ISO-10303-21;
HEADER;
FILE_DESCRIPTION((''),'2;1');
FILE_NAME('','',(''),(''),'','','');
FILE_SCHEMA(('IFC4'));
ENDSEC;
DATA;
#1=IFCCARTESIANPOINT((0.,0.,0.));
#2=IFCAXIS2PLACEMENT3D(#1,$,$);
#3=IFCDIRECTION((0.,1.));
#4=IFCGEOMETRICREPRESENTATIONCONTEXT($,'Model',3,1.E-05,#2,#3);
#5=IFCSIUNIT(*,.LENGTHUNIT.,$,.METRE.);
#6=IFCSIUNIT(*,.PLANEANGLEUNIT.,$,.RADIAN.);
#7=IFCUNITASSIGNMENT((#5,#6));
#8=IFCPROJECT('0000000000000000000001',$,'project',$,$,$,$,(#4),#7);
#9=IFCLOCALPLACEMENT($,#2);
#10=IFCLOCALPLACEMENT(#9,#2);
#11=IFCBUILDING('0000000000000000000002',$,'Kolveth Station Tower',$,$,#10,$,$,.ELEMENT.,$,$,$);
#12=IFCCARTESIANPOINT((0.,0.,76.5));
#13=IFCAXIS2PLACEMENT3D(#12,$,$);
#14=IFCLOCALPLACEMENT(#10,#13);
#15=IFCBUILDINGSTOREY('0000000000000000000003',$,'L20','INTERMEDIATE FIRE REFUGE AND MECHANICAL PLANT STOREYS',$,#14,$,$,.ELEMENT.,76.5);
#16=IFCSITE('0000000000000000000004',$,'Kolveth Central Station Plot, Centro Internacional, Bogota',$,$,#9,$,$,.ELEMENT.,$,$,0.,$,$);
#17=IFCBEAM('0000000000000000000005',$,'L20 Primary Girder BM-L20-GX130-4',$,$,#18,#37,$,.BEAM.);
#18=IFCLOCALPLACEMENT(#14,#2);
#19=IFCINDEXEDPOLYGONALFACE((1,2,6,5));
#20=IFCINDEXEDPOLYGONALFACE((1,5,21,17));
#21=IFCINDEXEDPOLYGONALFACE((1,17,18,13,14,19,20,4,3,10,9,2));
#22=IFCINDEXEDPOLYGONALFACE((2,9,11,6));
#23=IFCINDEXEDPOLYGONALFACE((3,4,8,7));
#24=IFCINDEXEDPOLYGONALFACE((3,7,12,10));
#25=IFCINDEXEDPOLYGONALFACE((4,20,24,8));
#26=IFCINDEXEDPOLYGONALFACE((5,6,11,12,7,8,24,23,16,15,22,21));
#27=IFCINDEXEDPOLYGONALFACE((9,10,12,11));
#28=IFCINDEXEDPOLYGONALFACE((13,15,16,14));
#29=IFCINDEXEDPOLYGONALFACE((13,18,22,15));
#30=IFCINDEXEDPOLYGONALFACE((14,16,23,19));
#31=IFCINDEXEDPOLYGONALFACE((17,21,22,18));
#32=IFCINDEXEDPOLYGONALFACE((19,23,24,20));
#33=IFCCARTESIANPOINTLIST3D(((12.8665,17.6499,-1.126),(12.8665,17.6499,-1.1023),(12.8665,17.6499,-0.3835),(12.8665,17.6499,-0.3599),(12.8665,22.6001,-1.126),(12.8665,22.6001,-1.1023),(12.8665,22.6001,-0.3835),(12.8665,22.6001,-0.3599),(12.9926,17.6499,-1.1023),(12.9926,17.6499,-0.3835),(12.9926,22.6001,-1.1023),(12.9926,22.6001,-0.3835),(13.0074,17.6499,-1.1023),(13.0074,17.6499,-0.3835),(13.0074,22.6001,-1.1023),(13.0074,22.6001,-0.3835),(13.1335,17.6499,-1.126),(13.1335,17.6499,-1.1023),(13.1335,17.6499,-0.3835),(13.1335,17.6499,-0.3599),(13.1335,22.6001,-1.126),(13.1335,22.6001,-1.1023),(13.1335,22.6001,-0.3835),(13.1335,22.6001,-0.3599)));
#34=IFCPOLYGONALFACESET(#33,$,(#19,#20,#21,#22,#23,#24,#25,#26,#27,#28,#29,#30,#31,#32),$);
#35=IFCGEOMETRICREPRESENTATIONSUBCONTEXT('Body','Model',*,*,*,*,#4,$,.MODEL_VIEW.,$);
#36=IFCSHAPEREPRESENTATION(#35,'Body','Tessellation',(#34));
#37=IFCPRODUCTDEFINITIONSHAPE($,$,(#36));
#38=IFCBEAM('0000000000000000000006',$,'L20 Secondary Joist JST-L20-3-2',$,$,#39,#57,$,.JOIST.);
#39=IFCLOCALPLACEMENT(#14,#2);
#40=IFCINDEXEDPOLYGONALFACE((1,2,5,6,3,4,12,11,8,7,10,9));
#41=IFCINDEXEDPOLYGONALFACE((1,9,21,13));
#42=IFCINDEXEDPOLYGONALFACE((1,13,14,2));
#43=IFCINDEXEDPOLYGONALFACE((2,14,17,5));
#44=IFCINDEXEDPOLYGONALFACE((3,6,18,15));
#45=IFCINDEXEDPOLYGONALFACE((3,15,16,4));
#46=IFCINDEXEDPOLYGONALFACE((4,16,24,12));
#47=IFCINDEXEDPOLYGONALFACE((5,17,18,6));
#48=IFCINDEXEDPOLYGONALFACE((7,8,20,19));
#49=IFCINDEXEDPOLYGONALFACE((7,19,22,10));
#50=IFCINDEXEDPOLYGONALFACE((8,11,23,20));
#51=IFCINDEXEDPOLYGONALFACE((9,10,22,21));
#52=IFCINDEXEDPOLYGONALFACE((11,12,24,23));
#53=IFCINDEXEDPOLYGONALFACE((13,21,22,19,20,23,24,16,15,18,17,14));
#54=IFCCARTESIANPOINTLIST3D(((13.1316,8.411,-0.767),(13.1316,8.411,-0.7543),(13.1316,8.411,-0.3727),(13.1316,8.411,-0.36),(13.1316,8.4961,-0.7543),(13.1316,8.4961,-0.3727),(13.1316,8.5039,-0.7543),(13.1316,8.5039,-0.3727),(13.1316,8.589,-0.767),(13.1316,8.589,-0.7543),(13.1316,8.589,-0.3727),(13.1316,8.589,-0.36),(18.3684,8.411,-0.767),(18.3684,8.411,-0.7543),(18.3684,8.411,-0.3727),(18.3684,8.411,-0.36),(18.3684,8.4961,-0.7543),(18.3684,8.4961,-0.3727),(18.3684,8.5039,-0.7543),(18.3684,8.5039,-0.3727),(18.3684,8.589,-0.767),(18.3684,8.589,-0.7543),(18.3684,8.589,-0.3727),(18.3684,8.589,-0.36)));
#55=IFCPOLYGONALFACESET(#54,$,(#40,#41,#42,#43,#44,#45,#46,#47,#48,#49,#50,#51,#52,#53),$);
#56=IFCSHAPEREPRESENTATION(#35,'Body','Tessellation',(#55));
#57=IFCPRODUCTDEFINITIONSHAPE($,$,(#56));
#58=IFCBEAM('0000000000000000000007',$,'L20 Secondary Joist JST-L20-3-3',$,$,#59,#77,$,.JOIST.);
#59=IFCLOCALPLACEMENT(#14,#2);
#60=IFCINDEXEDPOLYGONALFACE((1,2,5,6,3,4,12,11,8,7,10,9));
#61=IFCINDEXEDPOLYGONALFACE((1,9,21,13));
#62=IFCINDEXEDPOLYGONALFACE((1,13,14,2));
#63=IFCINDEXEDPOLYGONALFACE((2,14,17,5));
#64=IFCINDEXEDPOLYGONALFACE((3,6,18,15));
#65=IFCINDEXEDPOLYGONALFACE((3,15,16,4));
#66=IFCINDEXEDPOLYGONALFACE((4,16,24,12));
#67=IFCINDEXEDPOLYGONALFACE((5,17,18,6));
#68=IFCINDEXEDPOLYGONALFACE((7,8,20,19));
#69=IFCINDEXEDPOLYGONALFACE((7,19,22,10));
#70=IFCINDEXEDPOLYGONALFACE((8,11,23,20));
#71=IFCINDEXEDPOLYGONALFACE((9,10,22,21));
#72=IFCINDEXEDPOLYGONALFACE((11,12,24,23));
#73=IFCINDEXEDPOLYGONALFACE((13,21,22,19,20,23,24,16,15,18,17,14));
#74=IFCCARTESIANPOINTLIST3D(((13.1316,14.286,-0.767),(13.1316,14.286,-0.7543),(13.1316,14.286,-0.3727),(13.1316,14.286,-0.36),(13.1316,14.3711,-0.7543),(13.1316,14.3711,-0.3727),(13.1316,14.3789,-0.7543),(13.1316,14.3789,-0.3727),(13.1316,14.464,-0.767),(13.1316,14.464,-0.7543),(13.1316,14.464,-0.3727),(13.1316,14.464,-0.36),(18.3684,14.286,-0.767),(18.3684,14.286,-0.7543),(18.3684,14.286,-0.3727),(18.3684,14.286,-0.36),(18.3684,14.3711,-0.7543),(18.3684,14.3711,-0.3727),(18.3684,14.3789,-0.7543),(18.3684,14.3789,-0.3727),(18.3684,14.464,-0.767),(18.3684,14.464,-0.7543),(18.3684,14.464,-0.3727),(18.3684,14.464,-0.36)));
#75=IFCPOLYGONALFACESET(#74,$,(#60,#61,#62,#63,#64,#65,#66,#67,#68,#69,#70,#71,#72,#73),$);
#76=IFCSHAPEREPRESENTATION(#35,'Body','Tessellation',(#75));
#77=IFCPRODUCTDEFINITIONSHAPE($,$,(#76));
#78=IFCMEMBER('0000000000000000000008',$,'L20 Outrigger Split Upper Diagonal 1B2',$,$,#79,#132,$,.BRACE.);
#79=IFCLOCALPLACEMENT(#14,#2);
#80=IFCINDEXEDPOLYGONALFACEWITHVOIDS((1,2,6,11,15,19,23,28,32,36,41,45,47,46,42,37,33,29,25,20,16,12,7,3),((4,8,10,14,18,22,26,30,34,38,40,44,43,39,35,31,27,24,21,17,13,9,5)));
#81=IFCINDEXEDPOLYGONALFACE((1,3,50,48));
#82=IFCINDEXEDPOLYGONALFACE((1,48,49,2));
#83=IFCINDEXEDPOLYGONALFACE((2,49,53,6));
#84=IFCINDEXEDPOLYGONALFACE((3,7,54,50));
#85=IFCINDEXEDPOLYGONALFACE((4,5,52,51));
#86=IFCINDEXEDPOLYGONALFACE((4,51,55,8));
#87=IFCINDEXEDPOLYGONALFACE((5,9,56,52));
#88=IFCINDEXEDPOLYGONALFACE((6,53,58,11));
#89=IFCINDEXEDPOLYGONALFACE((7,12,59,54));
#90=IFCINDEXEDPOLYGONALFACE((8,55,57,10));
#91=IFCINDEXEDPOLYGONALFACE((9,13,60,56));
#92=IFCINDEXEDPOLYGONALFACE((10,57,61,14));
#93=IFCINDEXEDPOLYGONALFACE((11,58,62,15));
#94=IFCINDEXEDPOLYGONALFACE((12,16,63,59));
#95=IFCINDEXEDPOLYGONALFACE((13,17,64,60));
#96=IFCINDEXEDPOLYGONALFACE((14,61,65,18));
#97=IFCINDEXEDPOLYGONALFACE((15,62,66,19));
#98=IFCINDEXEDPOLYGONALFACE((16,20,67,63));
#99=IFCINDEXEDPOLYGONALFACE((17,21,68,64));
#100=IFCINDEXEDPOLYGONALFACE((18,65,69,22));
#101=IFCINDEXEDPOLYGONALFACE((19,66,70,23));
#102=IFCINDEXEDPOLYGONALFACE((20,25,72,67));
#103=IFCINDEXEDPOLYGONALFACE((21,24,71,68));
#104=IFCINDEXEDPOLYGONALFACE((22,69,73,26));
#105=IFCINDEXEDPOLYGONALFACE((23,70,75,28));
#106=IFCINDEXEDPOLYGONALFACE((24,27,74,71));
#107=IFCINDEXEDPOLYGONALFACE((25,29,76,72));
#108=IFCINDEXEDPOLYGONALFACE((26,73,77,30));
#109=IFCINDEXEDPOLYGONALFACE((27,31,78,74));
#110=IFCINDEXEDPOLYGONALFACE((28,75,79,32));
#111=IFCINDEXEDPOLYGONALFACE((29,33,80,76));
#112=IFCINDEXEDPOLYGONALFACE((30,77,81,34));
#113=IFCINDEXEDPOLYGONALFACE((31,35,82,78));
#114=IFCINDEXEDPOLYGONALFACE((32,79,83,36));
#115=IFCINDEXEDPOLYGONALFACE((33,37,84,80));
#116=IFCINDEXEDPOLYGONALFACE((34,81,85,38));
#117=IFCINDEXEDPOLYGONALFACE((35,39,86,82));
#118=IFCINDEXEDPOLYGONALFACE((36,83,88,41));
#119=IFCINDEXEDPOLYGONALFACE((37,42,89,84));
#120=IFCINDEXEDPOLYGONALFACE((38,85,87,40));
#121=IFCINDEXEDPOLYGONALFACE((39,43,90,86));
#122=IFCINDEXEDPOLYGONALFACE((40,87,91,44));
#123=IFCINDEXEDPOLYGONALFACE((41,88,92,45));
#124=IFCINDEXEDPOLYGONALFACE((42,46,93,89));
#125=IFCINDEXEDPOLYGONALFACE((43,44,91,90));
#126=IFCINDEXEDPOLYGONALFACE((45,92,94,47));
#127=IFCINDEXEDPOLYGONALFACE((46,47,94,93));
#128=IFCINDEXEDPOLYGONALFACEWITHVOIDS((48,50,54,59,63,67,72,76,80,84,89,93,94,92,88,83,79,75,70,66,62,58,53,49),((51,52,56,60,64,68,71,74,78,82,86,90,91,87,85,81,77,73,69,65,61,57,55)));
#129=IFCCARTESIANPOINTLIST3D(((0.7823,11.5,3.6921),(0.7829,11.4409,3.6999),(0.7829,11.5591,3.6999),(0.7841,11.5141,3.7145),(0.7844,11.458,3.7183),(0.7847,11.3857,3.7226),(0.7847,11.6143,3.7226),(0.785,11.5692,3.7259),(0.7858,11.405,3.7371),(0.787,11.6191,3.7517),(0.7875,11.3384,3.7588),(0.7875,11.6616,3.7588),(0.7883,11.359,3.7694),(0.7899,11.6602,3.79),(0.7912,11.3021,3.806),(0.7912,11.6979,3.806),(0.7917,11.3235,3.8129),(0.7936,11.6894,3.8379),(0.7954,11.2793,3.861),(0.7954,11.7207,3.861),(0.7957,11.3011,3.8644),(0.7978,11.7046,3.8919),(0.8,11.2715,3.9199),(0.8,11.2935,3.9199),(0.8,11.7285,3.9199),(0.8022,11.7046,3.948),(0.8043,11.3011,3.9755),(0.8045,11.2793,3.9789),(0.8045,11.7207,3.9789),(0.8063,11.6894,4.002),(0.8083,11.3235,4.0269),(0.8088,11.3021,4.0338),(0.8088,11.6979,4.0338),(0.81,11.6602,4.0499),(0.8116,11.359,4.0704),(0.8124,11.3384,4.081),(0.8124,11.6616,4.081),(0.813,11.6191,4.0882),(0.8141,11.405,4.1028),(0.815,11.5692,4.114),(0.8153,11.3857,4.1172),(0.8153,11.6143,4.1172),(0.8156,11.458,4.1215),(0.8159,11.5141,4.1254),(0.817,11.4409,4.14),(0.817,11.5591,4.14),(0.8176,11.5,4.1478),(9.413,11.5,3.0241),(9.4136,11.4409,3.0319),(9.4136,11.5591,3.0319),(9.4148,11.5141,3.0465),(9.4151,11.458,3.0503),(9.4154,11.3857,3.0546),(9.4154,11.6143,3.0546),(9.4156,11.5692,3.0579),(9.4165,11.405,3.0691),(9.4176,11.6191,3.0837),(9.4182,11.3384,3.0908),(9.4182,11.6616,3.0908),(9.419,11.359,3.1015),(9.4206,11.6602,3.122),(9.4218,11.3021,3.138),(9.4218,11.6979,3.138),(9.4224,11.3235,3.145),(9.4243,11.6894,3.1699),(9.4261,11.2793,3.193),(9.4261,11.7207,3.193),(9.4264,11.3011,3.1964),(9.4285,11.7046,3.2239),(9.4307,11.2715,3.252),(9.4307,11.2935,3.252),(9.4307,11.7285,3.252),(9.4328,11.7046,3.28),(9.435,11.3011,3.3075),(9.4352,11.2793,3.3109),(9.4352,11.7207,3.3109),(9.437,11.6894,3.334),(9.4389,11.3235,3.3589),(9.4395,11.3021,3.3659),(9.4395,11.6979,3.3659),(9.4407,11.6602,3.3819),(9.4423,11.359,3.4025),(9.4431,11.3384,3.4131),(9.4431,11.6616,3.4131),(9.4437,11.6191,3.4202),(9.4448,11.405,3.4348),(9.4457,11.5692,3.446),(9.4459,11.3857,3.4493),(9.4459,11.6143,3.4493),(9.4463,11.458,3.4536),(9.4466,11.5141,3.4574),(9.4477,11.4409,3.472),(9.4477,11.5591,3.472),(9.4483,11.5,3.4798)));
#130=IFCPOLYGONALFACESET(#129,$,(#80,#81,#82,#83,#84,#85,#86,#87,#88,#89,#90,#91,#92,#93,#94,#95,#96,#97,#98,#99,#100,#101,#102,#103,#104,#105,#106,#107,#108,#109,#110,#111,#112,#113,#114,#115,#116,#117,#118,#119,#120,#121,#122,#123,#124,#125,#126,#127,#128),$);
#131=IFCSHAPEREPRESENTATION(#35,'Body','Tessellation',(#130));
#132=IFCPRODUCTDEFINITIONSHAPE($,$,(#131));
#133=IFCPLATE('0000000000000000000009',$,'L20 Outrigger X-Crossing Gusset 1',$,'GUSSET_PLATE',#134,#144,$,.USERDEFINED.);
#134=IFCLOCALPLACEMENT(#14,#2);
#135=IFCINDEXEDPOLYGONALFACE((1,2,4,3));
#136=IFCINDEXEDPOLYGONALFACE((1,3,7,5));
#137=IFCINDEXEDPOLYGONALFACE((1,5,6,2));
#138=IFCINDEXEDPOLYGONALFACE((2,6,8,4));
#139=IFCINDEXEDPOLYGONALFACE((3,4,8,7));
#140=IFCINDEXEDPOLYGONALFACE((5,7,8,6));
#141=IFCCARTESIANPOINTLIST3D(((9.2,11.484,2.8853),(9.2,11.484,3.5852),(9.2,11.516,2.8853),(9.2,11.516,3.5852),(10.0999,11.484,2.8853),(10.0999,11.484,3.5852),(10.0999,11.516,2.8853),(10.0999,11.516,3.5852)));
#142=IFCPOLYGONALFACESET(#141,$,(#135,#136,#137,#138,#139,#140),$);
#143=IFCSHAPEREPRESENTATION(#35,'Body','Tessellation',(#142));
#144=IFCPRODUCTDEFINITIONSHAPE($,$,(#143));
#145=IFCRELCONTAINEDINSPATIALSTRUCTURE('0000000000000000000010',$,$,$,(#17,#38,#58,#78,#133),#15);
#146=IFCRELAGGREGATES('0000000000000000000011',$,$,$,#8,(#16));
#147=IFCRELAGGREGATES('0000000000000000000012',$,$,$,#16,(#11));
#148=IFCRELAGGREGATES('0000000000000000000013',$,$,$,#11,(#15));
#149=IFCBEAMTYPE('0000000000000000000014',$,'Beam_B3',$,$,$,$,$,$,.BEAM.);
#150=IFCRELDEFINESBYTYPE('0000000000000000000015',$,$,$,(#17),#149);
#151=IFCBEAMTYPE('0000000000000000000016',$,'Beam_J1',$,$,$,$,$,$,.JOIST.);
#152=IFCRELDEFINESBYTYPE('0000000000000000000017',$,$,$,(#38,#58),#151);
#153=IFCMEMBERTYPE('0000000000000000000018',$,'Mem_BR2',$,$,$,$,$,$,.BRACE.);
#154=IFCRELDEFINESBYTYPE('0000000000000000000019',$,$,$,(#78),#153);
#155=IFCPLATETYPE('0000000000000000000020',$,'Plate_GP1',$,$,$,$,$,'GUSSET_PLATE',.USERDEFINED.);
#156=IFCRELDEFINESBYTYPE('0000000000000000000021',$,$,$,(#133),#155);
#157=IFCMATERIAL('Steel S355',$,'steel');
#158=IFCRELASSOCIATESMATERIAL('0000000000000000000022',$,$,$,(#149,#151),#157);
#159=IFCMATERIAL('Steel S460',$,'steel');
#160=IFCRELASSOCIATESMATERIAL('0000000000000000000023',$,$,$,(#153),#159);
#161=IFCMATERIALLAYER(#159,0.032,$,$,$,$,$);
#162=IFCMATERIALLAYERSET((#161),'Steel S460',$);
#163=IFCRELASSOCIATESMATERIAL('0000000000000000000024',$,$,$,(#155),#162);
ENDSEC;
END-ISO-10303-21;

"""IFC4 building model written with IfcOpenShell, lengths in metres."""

from ifc_helpers import new_model, si_unit, direction, frame, origin, origin_2d, place, context, subcontext, project, spatial, rectangle, hollow_circle, i_section, extrude, source, transform, mapped, material, layer, layer_set, material_profile, profile_set, type_object, element, save


model = new_model("IFC4")

# Units and contexts
model_context = context("Model", 3, precision=1e-05, world=origin(), true_north=direction((0.0, 1.0)))
body_context = subcontext(model_context, "Body", "Model", "MODEL_VIEW")
ifc_project = project(units=[si_unit("LENGTHUNIT", "METRE"), si_unit("PLANEANGLEUNIT", "RADIAN")], contexts=[model_context])

# Site, building, storey
site_placement = place(None, origin())
site = spatial("IfcSite", under=ifc_project, at=site_placement, Name="Kolveth Central Station Plot, Centro Internacional, Bogota", CompositionType="ELEMENT", RefElevation=0.0)
building_placement = place(site_placement, origin())
building = spatial("IfcBuilding", under=site, at=building_placement, Name="Kolveth Station Tower", CompositionType="ELEMENT")
storey_placement = place(building_placement, frame((0.0, 0.0, 76.5)))
storey = spatial("IfcBuildingStorey", under=building, at=storey_placement, Name="L20", Description="INTERMEDIATE FIRE REFUGE AND MECHANICAL PLANT STOREYS", CompositionType="ELEMENT", Elevation=76.5)

# Shared definitions
ifc_material_1 = material(Name="Steel S460", Category="steel")

# Beams
ifc_material_2 = material(Name="Steel S355", Category="steel")
ifc_material_profile_1 = material_profile(ifc_material_2, i_section(OverallWidth=0.2671, OverallDepth=0.7661, WebThickness=0.0149, FlangeThickness=0.0237, at=origin_2d()), Name="W760x185")
ifc_profile_set_1 = profile_set([ifc_material_profile_1], Name="Steel S355")
beam_type_1 = type_object("IfcBeamType", Name="Beam_B3", PredefinedType="BEAM", material=ifc_profile_set_1)
shared_shape_1 = source(origin(), body_context, "Body", "SweptSolid", [
    extrude(i_section(OverallWidth=0.2671, OverallDepth=0.7661, WebThickness=0.0149, FlangeThickness=0.0237, at=origin_2d()), origin(), (0.0, 0.0, 1.0), 4.9502),
])
for number, where, z_axis, x_axis, name in (
    (1, (13.0, 17.6499, -0.7429), (0.0, 1.0, 0.0), (-1.0, 0.0, 0.0), "L20 Primary Girder BM-L20-GX130-4"),
):
    element("IfcBeam", number, at=place(storey_placement, frame(where, z_axis=z_axis, x_axis=x_axis)), inside=storey, type_object=beam_type_1, Name=name, PredefinedType="BEAM", context=body_context, shape_type="MappedRepresentation", body=[
        mapped(shared_shape_1, transform((0.0, 0.0, 0.0), x_axis=(1.0, 0.0, 0.0), y_axis=(0.0, 1.0, 0.0), z_axis=(0.0, 0.0, 1.0), scale=1.0)),
    ])
ifc_material_profile_2 = material_profile(ifc_material_2, i_section(OverallWidth=0.178, OverallDepth=0.407, WebThickness=0.0078, FlangeThickness=0.0127, at=origin_2d()), Name="W410x60")
ifc_profile_set_2 = profile_set([ifc_material_profile_2], Name="Steel S355")
beam_type_2 = type_object("IfcBeamType", Name="Beam_J1", PredefinedType="JOIST", material=ifc_profile_set_2)
shared_shape_2 = source(origin(), body_context, "Body", "SweptSolid", [
    extrude(i_section(OverallWidth=0.178, OverallDepth=0.407, WebThickness=0.0078, FlangeThickness=0.0127, at=origin_2d()), origin(), (0.0, 0.0, 1.0), 5.2368),
])
for number, where, z_axis, x_axis, name in (
    (2, (13.1316, 8.5, -0.5635), (1.0, 0.0, 0.0), (0.0, 1.0, 0.0), "L20 Secondary Joist JST-L20-3-2"),
    (3, (13.1316, 14.375, -0.5635), (1.0, 0.0, 0.0), (0.0, 1.0, 0.0), "L20 Secondary Joist JST-L20-3-3"),
):
    element("IfcBeam", number, at=place(storey_placement, frame(where, z_axis=z_axis, x_axis=x_axis)), inside=storey, type_object=beam_type_2, Name=name, PredefinedType="JOIST", context=body_context, shape_type="MappedRepresentation", body=[
        mapped(shared_shape_2, transform((0.0, 0.0, 0.0), x_axis=(1.0, 0.0, 0.0), y_axis=(0.0, 1.0, 0.0), z_axis=(0.0, 0.0, 1.0), scale=1.0)),
    ])

# Member
ifc_material_profile_3 = material_profile(ifc_material_1, hollow_circle(Radius=0.2285, WallThickness=0.022, at=origin_2d()), Name="CHS457x22")
ifc_profile_set_3 = profile_set([ifc_material_profile_3], Name="Steel S460")
member_type = type_object("IfcMemberType", Name="Mem_BR2", PredefinedType="BRACE", material=ifc_profile_set_3)
shared_shape_3 = source(origin(), body_context, "Body", "SweptSolid", [
    extrude(hollow_circle(Radius=0.2285, WallThickness=0.022, at=origin_2d()), origin(), (0.0, 0.0, 1.0), 8.6565),
])
member_placement = place(storey_placement, frame((9.4307, 11.5, 3.252), z_axis=(-0.997018, 0.0, 0.077165), x_axis=(0.0, -1.0, 0.0)))
element("IfcMember", 4, at=member_placement, inside=storey, type_object=member_type, Name="L20 Outrigger Split Upper Diagonal 1B2", PredefinedType="BRACE", context=body_context, shape_type="MappedRepresentation", body=[
    mapped(shared_shape_3, transform((0.0, 0.0, 0.0), x_axis=(1.0, 0.0, 0.0), y_axis=(0.0, 1.0, 0.0), z_axis=(0.0, 0.0, 1.0), scale=1.0)),
])

# Plate
ifc_layer = layer(ifc_material_1, 0.032)
ifc_layer_set = layer_set([ifc_layer], Name="Steel S460")
plate_type = type_object("IfcPlateType", Name="Plate_GP1", ElementType="GUSSET_PLATE", PredefinedType="USERDEFINED", material=ifc_layer_set)
shared_shape_4 = source(origin(), body_context, "Body", "SweptSolid", [
    extrude(rectangle(XDim=0.8999, YDim=0.032, at=origin_2d()), origin(), (0.0, 0.0, 1.0), 0.7),
])
plate_placement = place(storey_placement, frame((9.6499, 11.5, 2.8853), z_axis=(0.0, 0.0, 1.0), x_axis=(1.0, 0.0, 0.0)))
element("IfcPlate", 5, at=plate_placement, inside=storey, type_object=plate_type, Name="L20 Outrigger X-Crossing Gusset 1", ObjectType="GUSSET_PLATE", PredefinedType="USERDEFINED", context=body_context, shape_type="MappedRepresentation", body=[
    mapped(shared_shape_4, transform((0.0, 0.0, 0.0), x_axis=(1.0, 0.0, 0.0), y_axis=(0.0, 1.0, 0.0), z_axis=(0.0, 0.0, 1.0), scale=1.0)),
])

save(model, "model.ifc")
